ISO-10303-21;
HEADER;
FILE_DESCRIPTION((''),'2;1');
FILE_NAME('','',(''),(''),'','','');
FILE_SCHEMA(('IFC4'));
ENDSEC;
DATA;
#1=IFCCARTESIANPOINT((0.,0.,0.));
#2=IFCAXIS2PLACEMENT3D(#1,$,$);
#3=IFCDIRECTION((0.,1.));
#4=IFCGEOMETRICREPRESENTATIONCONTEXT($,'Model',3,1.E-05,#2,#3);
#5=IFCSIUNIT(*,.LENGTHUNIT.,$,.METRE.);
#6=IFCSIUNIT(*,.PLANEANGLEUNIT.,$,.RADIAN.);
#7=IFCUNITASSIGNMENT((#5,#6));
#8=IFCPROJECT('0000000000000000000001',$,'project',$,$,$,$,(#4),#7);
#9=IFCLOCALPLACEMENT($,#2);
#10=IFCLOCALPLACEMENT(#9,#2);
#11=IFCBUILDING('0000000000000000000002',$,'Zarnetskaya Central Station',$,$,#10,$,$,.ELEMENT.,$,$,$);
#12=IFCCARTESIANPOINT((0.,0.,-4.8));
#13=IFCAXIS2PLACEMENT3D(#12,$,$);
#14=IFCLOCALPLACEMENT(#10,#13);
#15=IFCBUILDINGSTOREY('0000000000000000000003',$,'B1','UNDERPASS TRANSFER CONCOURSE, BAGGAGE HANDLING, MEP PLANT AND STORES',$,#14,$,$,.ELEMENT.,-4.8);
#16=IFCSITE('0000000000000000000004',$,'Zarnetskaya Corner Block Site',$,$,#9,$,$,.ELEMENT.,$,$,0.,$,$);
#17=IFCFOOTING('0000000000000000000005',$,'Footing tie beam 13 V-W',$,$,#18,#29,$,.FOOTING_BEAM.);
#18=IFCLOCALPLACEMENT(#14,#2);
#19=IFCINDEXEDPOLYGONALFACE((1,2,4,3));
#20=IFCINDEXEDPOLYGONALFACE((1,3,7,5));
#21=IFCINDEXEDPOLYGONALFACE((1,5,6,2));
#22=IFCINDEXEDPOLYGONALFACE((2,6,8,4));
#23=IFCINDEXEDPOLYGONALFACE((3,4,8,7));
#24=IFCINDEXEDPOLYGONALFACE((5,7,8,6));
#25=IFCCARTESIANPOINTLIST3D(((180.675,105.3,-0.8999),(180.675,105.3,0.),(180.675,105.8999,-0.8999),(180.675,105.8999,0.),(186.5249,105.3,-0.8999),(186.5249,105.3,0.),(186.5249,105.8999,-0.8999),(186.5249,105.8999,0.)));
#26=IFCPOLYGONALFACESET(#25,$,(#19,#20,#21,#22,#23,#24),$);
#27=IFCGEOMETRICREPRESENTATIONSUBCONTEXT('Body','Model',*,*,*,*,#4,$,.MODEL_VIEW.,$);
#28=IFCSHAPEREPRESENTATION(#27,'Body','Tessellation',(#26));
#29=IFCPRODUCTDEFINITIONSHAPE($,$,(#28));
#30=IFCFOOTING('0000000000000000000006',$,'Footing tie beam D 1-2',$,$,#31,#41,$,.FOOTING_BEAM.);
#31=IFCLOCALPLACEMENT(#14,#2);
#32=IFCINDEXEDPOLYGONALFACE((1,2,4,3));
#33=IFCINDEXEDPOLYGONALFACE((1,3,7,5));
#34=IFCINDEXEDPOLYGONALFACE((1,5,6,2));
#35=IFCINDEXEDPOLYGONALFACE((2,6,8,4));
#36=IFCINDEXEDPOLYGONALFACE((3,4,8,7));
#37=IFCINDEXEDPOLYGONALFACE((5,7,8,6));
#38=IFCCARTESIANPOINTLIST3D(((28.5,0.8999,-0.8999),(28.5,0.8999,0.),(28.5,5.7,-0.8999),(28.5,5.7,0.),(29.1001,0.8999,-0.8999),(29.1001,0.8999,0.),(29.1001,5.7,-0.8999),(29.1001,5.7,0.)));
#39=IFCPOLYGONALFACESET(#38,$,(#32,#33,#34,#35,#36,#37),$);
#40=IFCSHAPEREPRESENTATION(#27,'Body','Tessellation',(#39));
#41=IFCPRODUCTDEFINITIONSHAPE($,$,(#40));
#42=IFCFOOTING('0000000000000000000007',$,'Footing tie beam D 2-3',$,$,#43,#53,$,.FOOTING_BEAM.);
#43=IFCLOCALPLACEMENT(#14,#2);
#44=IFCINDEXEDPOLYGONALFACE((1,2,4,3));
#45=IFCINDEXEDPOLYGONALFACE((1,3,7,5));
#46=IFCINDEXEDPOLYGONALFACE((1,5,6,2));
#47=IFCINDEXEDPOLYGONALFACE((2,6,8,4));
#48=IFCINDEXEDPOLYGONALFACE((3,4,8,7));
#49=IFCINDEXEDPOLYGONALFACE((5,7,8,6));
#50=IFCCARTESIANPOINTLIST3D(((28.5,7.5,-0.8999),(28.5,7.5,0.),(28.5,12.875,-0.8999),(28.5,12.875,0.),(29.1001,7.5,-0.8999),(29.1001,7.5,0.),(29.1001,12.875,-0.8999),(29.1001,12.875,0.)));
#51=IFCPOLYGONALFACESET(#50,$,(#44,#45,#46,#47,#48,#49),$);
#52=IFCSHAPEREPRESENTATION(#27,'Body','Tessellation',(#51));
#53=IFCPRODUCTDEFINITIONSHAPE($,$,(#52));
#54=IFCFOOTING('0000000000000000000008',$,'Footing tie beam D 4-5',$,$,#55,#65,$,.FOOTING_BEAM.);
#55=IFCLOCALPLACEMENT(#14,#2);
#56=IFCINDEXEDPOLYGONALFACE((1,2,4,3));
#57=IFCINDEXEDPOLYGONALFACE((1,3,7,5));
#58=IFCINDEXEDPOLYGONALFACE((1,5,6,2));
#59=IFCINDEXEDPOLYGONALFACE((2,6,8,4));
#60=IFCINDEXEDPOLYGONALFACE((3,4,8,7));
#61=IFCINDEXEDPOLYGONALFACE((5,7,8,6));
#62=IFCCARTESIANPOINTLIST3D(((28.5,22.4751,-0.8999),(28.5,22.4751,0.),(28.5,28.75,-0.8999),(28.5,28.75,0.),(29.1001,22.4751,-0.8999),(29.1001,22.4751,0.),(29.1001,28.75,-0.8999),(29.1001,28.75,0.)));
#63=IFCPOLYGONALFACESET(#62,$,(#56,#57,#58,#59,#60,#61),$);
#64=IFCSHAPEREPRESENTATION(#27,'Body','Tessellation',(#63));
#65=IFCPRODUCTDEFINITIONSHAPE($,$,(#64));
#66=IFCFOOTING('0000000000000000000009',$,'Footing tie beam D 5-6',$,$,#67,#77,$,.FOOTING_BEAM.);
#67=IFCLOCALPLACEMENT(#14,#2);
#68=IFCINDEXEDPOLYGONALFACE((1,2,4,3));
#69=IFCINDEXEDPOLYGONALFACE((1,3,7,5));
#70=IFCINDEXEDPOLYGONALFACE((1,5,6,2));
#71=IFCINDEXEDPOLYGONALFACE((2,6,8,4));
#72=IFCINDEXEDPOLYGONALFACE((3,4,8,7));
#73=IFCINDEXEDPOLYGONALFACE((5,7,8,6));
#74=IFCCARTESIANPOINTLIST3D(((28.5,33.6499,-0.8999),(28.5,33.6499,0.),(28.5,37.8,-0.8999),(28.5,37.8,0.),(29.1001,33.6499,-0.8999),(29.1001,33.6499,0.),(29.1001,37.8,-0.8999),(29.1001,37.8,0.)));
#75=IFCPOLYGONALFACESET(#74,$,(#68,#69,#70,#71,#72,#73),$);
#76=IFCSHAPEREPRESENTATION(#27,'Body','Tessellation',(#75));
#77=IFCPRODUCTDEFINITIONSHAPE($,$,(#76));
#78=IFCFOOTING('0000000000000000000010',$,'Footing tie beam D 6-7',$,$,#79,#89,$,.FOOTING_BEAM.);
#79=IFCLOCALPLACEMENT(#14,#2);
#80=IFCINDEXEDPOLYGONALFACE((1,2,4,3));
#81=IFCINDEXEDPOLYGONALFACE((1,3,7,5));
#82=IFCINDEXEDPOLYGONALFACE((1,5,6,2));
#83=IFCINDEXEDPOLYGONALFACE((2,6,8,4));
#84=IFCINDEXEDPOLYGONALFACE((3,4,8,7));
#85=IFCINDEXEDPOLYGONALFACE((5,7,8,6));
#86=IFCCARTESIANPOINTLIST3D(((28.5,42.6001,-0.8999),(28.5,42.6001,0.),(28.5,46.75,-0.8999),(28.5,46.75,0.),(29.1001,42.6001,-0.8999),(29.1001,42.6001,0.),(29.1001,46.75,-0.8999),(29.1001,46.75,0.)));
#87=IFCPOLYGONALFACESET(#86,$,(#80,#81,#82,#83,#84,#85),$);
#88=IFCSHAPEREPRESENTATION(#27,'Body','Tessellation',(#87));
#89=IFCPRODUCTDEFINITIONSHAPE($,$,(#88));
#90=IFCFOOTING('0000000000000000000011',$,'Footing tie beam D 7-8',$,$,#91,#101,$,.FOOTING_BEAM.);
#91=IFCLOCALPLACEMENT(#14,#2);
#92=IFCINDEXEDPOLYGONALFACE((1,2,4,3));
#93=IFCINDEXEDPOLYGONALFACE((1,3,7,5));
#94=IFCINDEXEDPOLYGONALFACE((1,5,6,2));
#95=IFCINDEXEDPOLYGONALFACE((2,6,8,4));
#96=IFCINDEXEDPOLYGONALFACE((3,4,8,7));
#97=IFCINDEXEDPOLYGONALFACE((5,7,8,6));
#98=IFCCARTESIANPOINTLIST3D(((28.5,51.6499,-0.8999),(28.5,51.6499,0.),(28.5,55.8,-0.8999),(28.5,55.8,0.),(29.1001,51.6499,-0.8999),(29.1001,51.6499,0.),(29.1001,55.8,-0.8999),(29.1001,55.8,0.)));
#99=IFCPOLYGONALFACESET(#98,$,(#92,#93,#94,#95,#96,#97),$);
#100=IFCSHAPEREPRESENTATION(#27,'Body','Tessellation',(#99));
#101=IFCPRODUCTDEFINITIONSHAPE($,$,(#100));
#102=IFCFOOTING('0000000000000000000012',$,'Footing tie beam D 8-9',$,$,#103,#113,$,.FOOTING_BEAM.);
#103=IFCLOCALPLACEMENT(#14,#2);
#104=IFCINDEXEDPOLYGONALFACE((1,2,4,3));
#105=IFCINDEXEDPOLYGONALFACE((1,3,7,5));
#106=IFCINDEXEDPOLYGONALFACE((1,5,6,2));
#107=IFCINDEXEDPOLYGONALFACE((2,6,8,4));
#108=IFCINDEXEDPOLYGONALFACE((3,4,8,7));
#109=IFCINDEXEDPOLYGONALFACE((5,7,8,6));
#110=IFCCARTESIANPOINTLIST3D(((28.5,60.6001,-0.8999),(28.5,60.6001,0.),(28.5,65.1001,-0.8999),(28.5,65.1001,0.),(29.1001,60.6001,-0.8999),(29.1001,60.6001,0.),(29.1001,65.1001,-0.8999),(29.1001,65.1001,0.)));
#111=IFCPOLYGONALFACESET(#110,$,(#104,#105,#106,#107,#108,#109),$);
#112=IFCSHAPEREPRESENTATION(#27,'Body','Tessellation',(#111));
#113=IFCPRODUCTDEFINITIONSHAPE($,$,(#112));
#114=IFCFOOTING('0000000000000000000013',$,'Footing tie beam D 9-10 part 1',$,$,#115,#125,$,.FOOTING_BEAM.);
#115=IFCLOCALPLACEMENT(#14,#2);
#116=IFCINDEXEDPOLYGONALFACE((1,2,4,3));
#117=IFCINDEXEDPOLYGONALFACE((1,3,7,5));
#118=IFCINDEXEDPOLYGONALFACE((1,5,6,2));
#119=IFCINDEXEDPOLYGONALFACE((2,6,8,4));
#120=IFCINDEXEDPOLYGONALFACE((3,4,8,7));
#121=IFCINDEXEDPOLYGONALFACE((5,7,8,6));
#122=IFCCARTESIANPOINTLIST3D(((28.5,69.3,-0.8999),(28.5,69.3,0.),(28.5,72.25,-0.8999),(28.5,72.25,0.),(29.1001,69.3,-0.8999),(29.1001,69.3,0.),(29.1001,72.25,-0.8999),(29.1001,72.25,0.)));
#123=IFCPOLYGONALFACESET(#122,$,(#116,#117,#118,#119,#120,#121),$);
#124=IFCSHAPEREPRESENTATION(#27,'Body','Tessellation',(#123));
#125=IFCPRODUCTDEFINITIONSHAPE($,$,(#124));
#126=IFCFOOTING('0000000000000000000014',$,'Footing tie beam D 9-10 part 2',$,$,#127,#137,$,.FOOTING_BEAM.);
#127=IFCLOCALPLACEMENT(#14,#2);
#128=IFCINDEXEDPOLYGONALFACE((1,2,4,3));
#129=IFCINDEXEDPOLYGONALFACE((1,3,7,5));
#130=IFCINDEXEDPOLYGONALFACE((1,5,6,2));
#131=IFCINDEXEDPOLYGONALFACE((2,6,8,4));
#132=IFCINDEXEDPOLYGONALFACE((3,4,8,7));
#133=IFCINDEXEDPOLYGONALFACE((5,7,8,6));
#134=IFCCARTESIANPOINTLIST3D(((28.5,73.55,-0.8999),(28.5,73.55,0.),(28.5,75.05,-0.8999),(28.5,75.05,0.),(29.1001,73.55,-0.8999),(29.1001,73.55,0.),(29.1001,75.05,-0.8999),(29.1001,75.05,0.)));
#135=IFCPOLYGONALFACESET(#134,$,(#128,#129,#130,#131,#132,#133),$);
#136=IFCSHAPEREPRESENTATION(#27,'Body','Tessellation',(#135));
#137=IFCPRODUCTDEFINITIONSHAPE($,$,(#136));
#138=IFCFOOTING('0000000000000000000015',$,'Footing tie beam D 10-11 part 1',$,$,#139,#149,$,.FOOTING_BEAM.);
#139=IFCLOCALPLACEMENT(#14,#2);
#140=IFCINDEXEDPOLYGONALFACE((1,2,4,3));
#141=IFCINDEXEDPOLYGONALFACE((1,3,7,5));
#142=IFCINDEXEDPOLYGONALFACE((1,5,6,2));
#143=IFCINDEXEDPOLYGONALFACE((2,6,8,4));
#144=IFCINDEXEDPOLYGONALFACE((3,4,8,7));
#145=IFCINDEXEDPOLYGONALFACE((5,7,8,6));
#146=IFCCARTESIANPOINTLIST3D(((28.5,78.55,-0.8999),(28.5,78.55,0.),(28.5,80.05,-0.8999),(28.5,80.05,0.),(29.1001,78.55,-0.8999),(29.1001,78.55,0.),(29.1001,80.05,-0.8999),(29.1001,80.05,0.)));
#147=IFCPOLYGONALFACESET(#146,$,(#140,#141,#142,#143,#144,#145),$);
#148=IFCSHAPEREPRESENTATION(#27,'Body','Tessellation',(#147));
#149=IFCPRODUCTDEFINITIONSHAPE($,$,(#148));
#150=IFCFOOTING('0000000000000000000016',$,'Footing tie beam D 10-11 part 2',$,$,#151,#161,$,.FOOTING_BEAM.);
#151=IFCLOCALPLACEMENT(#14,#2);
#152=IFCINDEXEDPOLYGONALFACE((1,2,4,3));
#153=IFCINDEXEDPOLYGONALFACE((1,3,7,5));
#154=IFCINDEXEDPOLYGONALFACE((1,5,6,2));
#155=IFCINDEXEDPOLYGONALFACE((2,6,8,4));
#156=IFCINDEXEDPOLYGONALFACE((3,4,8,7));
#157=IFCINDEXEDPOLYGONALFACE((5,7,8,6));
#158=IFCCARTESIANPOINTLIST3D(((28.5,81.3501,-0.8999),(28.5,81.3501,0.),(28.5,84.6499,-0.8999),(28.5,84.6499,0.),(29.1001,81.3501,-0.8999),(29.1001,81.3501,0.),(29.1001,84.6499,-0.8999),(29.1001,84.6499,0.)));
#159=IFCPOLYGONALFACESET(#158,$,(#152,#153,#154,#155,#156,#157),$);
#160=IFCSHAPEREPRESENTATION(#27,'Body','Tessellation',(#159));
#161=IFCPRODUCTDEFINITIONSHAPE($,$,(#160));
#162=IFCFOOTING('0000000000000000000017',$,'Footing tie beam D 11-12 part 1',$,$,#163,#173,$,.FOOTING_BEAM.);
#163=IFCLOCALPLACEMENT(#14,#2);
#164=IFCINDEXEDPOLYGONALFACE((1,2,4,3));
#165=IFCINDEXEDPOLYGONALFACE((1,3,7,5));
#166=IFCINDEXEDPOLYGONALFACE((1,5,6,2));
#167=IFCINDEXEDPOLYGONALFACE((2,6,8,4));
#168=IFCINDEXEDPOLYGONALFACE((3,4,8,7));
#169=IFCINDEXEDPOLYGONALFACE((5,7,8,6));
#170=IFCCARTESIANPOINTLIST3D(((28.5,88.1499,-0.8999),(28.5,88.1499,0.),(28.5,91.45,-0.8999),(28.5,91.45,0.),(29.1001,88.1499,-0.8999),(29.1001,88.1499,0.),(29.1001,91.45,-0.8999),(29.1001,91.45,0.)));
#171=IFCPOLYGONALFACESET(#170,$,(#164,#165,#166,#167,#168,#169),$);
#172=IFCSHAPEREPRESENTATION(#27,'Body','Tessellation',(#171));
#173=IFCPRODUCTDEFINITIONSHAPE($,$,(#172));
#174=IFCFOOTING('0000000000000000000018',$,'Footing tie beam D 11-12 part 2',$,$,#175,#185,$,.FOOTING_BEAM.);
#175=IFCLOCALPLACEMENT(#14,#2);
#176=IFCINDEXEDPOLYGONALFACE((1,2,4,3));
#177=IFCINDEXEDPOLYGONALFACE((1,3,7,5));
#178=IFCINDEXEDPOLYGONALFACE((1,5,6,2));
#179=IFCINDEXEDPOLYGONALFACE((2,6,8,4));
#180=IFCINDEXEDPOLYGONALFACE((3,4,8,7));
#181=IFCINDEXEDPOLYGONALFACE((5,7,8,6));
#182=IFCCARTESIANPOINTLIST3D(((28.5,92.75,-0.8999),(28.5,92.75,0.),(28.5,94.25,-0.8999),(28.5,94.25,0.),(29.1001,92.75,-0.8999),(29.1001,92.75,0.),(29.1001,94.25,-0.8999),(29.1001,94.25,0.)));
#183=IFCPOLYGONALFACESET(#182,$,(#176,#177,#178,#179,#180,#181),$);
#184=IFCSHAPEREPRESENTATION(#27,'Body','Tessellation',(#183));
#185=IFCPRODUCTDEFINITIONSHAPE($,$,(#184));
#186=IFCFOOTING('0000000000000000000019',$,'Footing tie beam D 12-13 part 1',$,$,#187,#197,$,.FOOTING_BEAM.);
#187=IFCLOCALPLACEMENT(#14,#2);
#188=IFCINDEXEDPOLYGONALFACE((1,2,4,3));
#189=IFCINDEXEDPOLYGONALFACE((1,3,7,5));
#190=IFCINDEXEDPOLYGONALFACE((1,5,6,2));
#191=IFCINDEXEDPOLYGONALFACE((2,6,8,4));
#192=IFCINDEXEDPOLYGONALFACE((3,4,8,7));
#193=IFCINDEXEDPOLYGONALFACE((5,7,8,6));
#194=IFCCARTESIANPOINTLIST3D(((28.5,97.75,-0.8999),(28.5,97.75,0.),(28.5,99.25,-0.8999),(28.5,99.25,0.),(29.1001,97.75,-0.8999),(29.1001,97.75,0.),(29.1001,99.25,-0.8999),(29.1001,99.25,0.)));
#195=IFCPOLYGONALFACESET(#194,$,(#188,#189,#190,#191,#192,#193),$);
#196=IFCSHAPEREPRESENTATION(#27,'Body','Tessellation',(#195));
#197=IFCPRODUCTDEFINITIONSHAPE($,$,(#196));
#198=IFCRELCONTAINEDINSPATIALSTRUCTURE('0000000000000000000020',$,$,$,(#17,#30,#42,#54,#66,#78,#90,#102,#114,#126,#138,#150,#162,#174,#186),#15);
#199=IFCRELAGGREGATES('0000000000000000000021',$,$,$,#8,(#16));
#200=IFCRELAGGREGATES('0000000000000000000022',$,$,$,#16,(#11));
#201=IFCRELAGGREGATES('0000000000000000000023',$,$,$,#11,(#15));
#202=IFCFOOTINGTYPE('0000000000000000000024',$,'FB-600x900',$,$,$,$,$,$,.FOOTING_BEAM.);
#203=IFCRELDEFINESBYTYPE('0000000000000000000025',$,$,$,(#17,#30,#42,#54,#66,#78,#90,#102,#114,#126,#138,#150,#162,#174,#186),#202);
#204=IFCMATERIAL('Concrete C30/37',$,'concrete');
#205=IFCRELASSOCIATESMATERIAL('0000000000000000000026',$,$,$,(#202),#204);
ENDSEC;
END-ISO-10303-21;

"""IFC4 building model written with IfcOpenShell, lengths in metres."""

from ifc_helpers import new_model, si_unit, direction, frame, origin, place, context, subcontext, project, spatial, polyline, outline, extrude, material, type_object, element, save


model = new_model("IFC4")

# Units and contexts
model_context = context("Model", 3, precision=1e-05, world=origin(), true_north=direction((0.0, 1.0)))
body_context = subcontext(model_context, "Body", "Model", "MODEL_VIEW")
ifc_project = project(units=[si_unit("LENGTHUNIT", "METRE"), si_unit("PLANEANGLEUNIT", "RADIAN")], contexts=[model_context])

# Site, building, storey
site_placement = place(None, origin())
site = spatial("IfcSite", under=ifc_project, at=site_placement, Name="Zarnetskaya Corner Block Site", CompositionType="ELEMENT", RefElevation=0.0)
building_placement = place(site_placement, origin())
building = spatial("IfcBuilding", under=site, at=building_placement, Name="Zarnetskaya Central Station", CompositionType="ELEMENT")
storey_placement = place(building_placement, frame((0.0, 0.0, -4.8)))
storey = spatial("IfcBuildingStorey", under=building, at=storey_placement, Name="B1", Description="UNDERPASS TRANSFER CONCOURSE, BAGGAGE HANDLING, MEP PLANT AND STORES", CompositionType="ELEMENT", Elevation=-4.8)

# Footings
ifc_material = material(Name="Concrete C30/37", Category="concrete")
footing_type = type_object("IfcFootingType", Name="FB-600x900", PredefinedType="FOOTING_BEAM", material=ifc_material)
footing_1_placement = place(storey_placement, frame((0.0, 0.0, -0.8999)))
element("IfcFooting", 1, at=footing_1_placement, inside=storey, type_object=footing_type, Name="Footing tie beam 13 V-W", PredefinedType="FOOTING_BEAM", context=body_context, shape_type="SweptSolid", body=[
    extrude(outline(polyline([(180.675, 105.3), (186.5249, 105.3), (186.5249, 105.8999), (180.675, 105.8999), (180.675, 105.3)])), origin(), (0.0, 0.0, 1.0), 0.8999),
])
footing_2_placement = place(storey_placement, frame((0.0, 0.0, -0.8999)))
element("IfcFooting", 2, at=footing_2_placement, inside=storey, type_object=footing_type, Name="Footing tie beam D 1-2", PredefinedType="FOOTING_BEAM", context=body_context, shape_type="SweptSolid", body=[
    extrude(outline(polyline([(28.5, 0.8999), (29.1001, 0.8999), (29.1001, 5.7), (28.5, 5.7), (28.5, 0.8999)])), origin(), (0.0, 0.0, 1.0), 0.8999),
])
footing_3_placement = place(storey_placement, frame((0.0, 0.0, -0.8999)))
element("IfcFooting", 3, at=footing_3_placement, inside=storey, type_object=footing_type, Name="Footing tie beam D 2-3", PredefinedType="FOOTING_BEAM", context=body_context, shape_type="SweptSolid", body=[
    extrude(outline(polyline([(28.5, 7.5), (29.1001, 7.5), (29.1001, 12.875), (28.5, 12.875), (28.5, 7.5)])), origin(), (0.0, 0.0, 1.0), 0.8999),
])
footing_4_placement = place(storey_placement, frame((0.0, 0.0, -0.8999)))
element("IfcFooting", 4, at=footing_4_placement, inside=storey, type_object=footing_type, Name="Footing tie beam D 4-5", PredefinedType="FOOTING_BEAM", context=body_context, shape_type="SweptSolid", body=[
    extrude(outline(polyline([(28.5, 22.4751), (29.1001, 22.4751), (29.1001, 28.75), (28.5, 28.75), (28.5, 22.4751)])), origin(), (0.0, 0.0, 1.0), 0.8999),
])
footing_5_placement = place(storey_placement, frame((0.0, 0.0, -0.8999)))
element("IfcFooting", 5, at=footing_5_placement, inside=storey, type_object=footing_type, Name="Footing tie beam D 5-6", PredefinedType="FOOTING_BEAM", context=body_context, shape_type="SweptSolid", body=[
    extrude(outline(polyline([(28.5, 33.6499), (29.1001, 33.6499), (29.1001, 37.8), (28.5, 37.8), (28.5, 33.6499)])), origin(), (0.0, 0.0, 1.0), 0.8999),
])
footing_6_placement = place(storey_placement, frame((0.0, 0.0, -0.8999)))
element("IfcFooting", 6, at=footing_6_placement, inside=storey, type_object=footing_type, Name="Footing tie beam D 6-7", PredefinedType="FOOTING_BEAM", context=body_context, shape_type="SweptSolid", body=[
    extrude(outline(polyline([(28.5, 42.6001), (29.1001, 42.6001), (29.1001, 46.75), (28.5, 46.75), (28.5, 42.6001)])), origin(), (0.0, 0.0, 1.0), 0.8999),
])
footing_7_placement = place(storey_placement, frame((0.0, 0.0, -0.8999)))
element("IfcFooting", 7, at=footing_7_placement, inside=storey, type_object=footing_type, Name="Footing tie beam D 7-8", PredefinedType="FOOTING_BEAM", context=body_context, shape_type="SweptSolid", body=[
    extrude(outline(polyline([(28.5, 51.6499), (29.1001, 51.6499), (29.1001, 55.8), (28.5, 55.8), (28.5, 51.6499)])), origin(), (0.0, 0.0, 1.0), 0.8999),
])
footing_8_placement = place(storey_placement, frame((0.0, 0.0, -0.8999)))
element("IfcFooting", 8, at=footing_8_placement, inside=storey, type_object=footing_type, Name="Footing tie beam D 8-9", PredefinedType="FOOTING_BEAM", context=body_context, shape_type="SweptSolid", body=[
    extrude(outline(polyline([(28.5, 60.6001), (29.1001, 60.6001), (29.1001, 65.1001), (28.5, 65.1001), (28.5, 60.6001)])), origin(), (0.0, 0.0, 1.0), 0.8999),
])
footing_9_placement = place(storey_placement, frame((0.0, 0.0, -0.8999)))
element("IfcFooting", 9, at=footing_9_placement, inside=storey, type_object=footing_type, Name="Footing tie beam D 9-10 part 1", PredefinedType="FOOTING_BEAM", context=body_context, shape_type="SweptSolid", body=[
    extrude(outline(polyline([(28.5, 69.3), (29.1001, 69.3), (29.1001, 72.25), (28.5, 72.25), (28.5, 69.3)])), origin(), (0.0, 0.0, 1.0), 0.8999),
])
footing_10_placement = place(storey_placement, frame((0.0, 0.0, -0.8999)))
element("IfcFooting", 10, at=footing_10_placement, inside=storey, type_object=footing_type, Name="Footing tie beam D 9-10 part 2", PredefinedType="FOOTING_BEAM", context=body_context, shape_type="SweptSolid", body=[
    extrude(outline(polyline([(28.5, 73.55), (29.1001, 73.55), (29.1001, 75.05), (28.5, 75.05), (28.5, 73.55)])), origin(), (0.0, 0.0, 1.0), 0.8999),
])
footing_11_placement = place(storey_placement, frame((0.0, 0.0, -0.8999)))
element("IfcFooting", 11, at=footing_11_placement, inside=storey, type_object=footing_type, Name="Footing tie beam D 10-11 part 1", PredefinedType="FOOTING_BEAM", context=body_context, shape_type="SweptSolid", body=[
    extrude(outline(polyline([(28.5, 78.55), (29.1001, 78.55), (29.1001, 80.05), (28.5, 80.05), (28.5, 78.55)])), origin(), (0.0, 0.0, 1.0), 0.8999),
])
footing_12_placement = place(storey_placement, frame((0.0, 0.0, -0.8999)))
element("IfcFooting", 12, at=footing_12_placement, inside=storey, type_object=footing_type, Name="Footing tie beam D 10-11 part 2", PredefinedType="FOOTING_BEAM", context=body_context, shape_type="SweptSolid", body=[
    extrude(outline(polyline([(28.5, 81.3501), (29.1001, 81.3501), (29.1001, 84.6499), (28.5, 84.6499), (28.5, 81.3501)])), origin(), (0.0, 0.0, 1.0), 0.8999),
])
footing_13_placement = place(storey_placement, frame((0.0, 0.0, -0.8999)))
element("IfcFooting", 13, at=footing_13_placement, inside=storey, type_object=footing_type, Name="Footing tie beam D 11-12 part 1", PredefinedType="FOOTING_BEAM", context=body_context, shape_type="SweptSolid", body=[
    extrude(outline(polyline([(28.5, 88.1499), (29.1001, 88.1499), (29.1001, 91.45), (28.5, 91.45), (28.5, 88.1499)])), origin(), (0.0, 0.0, 1.0), 0.8999),
])
footing_14_placement = place(storey_placement, frame((0.0, 0.0, -0.8999)))
element("IfcFooting", 14, at=footing_14_placement, inside=storey, type_object=footing_type, Name="Footing tie beam D 11-12 part 2", PredefinedType="FOOTING_BEAM", context=body_context, shape_type="SweptSolid", body=[
    extrude(outline(polyline([(28.5, 92.75), (29.1001, 92.75), (29.1001, 94.25), (28.5, 94.25), (28.5, 92.75)])), origin(), (0.0, 0.0, 1.0), 0.8999),
])
footing_15_placement = place(storey_placement, frame((0.0, 0.0, -0.8999)))
element("IfcFooting", 15, at=footing_15_placement, inside=storey, type_object=footing_type, Name="Footing tie beam D 12-13 part 1", PredefinedType="FOOTING_BEAM", context=body_context, shape_type="SweptSolid", body=[
    extrude(outline(polyline([(28.5, 97.75), (29.1001, 97.75), (29.1001, 99.25), (28.5, 99.25), (28.5, 97.75)])), origin(), (0.0, 0.0, 1.0), 0.8999),
])

save(model, "model.ifc")
